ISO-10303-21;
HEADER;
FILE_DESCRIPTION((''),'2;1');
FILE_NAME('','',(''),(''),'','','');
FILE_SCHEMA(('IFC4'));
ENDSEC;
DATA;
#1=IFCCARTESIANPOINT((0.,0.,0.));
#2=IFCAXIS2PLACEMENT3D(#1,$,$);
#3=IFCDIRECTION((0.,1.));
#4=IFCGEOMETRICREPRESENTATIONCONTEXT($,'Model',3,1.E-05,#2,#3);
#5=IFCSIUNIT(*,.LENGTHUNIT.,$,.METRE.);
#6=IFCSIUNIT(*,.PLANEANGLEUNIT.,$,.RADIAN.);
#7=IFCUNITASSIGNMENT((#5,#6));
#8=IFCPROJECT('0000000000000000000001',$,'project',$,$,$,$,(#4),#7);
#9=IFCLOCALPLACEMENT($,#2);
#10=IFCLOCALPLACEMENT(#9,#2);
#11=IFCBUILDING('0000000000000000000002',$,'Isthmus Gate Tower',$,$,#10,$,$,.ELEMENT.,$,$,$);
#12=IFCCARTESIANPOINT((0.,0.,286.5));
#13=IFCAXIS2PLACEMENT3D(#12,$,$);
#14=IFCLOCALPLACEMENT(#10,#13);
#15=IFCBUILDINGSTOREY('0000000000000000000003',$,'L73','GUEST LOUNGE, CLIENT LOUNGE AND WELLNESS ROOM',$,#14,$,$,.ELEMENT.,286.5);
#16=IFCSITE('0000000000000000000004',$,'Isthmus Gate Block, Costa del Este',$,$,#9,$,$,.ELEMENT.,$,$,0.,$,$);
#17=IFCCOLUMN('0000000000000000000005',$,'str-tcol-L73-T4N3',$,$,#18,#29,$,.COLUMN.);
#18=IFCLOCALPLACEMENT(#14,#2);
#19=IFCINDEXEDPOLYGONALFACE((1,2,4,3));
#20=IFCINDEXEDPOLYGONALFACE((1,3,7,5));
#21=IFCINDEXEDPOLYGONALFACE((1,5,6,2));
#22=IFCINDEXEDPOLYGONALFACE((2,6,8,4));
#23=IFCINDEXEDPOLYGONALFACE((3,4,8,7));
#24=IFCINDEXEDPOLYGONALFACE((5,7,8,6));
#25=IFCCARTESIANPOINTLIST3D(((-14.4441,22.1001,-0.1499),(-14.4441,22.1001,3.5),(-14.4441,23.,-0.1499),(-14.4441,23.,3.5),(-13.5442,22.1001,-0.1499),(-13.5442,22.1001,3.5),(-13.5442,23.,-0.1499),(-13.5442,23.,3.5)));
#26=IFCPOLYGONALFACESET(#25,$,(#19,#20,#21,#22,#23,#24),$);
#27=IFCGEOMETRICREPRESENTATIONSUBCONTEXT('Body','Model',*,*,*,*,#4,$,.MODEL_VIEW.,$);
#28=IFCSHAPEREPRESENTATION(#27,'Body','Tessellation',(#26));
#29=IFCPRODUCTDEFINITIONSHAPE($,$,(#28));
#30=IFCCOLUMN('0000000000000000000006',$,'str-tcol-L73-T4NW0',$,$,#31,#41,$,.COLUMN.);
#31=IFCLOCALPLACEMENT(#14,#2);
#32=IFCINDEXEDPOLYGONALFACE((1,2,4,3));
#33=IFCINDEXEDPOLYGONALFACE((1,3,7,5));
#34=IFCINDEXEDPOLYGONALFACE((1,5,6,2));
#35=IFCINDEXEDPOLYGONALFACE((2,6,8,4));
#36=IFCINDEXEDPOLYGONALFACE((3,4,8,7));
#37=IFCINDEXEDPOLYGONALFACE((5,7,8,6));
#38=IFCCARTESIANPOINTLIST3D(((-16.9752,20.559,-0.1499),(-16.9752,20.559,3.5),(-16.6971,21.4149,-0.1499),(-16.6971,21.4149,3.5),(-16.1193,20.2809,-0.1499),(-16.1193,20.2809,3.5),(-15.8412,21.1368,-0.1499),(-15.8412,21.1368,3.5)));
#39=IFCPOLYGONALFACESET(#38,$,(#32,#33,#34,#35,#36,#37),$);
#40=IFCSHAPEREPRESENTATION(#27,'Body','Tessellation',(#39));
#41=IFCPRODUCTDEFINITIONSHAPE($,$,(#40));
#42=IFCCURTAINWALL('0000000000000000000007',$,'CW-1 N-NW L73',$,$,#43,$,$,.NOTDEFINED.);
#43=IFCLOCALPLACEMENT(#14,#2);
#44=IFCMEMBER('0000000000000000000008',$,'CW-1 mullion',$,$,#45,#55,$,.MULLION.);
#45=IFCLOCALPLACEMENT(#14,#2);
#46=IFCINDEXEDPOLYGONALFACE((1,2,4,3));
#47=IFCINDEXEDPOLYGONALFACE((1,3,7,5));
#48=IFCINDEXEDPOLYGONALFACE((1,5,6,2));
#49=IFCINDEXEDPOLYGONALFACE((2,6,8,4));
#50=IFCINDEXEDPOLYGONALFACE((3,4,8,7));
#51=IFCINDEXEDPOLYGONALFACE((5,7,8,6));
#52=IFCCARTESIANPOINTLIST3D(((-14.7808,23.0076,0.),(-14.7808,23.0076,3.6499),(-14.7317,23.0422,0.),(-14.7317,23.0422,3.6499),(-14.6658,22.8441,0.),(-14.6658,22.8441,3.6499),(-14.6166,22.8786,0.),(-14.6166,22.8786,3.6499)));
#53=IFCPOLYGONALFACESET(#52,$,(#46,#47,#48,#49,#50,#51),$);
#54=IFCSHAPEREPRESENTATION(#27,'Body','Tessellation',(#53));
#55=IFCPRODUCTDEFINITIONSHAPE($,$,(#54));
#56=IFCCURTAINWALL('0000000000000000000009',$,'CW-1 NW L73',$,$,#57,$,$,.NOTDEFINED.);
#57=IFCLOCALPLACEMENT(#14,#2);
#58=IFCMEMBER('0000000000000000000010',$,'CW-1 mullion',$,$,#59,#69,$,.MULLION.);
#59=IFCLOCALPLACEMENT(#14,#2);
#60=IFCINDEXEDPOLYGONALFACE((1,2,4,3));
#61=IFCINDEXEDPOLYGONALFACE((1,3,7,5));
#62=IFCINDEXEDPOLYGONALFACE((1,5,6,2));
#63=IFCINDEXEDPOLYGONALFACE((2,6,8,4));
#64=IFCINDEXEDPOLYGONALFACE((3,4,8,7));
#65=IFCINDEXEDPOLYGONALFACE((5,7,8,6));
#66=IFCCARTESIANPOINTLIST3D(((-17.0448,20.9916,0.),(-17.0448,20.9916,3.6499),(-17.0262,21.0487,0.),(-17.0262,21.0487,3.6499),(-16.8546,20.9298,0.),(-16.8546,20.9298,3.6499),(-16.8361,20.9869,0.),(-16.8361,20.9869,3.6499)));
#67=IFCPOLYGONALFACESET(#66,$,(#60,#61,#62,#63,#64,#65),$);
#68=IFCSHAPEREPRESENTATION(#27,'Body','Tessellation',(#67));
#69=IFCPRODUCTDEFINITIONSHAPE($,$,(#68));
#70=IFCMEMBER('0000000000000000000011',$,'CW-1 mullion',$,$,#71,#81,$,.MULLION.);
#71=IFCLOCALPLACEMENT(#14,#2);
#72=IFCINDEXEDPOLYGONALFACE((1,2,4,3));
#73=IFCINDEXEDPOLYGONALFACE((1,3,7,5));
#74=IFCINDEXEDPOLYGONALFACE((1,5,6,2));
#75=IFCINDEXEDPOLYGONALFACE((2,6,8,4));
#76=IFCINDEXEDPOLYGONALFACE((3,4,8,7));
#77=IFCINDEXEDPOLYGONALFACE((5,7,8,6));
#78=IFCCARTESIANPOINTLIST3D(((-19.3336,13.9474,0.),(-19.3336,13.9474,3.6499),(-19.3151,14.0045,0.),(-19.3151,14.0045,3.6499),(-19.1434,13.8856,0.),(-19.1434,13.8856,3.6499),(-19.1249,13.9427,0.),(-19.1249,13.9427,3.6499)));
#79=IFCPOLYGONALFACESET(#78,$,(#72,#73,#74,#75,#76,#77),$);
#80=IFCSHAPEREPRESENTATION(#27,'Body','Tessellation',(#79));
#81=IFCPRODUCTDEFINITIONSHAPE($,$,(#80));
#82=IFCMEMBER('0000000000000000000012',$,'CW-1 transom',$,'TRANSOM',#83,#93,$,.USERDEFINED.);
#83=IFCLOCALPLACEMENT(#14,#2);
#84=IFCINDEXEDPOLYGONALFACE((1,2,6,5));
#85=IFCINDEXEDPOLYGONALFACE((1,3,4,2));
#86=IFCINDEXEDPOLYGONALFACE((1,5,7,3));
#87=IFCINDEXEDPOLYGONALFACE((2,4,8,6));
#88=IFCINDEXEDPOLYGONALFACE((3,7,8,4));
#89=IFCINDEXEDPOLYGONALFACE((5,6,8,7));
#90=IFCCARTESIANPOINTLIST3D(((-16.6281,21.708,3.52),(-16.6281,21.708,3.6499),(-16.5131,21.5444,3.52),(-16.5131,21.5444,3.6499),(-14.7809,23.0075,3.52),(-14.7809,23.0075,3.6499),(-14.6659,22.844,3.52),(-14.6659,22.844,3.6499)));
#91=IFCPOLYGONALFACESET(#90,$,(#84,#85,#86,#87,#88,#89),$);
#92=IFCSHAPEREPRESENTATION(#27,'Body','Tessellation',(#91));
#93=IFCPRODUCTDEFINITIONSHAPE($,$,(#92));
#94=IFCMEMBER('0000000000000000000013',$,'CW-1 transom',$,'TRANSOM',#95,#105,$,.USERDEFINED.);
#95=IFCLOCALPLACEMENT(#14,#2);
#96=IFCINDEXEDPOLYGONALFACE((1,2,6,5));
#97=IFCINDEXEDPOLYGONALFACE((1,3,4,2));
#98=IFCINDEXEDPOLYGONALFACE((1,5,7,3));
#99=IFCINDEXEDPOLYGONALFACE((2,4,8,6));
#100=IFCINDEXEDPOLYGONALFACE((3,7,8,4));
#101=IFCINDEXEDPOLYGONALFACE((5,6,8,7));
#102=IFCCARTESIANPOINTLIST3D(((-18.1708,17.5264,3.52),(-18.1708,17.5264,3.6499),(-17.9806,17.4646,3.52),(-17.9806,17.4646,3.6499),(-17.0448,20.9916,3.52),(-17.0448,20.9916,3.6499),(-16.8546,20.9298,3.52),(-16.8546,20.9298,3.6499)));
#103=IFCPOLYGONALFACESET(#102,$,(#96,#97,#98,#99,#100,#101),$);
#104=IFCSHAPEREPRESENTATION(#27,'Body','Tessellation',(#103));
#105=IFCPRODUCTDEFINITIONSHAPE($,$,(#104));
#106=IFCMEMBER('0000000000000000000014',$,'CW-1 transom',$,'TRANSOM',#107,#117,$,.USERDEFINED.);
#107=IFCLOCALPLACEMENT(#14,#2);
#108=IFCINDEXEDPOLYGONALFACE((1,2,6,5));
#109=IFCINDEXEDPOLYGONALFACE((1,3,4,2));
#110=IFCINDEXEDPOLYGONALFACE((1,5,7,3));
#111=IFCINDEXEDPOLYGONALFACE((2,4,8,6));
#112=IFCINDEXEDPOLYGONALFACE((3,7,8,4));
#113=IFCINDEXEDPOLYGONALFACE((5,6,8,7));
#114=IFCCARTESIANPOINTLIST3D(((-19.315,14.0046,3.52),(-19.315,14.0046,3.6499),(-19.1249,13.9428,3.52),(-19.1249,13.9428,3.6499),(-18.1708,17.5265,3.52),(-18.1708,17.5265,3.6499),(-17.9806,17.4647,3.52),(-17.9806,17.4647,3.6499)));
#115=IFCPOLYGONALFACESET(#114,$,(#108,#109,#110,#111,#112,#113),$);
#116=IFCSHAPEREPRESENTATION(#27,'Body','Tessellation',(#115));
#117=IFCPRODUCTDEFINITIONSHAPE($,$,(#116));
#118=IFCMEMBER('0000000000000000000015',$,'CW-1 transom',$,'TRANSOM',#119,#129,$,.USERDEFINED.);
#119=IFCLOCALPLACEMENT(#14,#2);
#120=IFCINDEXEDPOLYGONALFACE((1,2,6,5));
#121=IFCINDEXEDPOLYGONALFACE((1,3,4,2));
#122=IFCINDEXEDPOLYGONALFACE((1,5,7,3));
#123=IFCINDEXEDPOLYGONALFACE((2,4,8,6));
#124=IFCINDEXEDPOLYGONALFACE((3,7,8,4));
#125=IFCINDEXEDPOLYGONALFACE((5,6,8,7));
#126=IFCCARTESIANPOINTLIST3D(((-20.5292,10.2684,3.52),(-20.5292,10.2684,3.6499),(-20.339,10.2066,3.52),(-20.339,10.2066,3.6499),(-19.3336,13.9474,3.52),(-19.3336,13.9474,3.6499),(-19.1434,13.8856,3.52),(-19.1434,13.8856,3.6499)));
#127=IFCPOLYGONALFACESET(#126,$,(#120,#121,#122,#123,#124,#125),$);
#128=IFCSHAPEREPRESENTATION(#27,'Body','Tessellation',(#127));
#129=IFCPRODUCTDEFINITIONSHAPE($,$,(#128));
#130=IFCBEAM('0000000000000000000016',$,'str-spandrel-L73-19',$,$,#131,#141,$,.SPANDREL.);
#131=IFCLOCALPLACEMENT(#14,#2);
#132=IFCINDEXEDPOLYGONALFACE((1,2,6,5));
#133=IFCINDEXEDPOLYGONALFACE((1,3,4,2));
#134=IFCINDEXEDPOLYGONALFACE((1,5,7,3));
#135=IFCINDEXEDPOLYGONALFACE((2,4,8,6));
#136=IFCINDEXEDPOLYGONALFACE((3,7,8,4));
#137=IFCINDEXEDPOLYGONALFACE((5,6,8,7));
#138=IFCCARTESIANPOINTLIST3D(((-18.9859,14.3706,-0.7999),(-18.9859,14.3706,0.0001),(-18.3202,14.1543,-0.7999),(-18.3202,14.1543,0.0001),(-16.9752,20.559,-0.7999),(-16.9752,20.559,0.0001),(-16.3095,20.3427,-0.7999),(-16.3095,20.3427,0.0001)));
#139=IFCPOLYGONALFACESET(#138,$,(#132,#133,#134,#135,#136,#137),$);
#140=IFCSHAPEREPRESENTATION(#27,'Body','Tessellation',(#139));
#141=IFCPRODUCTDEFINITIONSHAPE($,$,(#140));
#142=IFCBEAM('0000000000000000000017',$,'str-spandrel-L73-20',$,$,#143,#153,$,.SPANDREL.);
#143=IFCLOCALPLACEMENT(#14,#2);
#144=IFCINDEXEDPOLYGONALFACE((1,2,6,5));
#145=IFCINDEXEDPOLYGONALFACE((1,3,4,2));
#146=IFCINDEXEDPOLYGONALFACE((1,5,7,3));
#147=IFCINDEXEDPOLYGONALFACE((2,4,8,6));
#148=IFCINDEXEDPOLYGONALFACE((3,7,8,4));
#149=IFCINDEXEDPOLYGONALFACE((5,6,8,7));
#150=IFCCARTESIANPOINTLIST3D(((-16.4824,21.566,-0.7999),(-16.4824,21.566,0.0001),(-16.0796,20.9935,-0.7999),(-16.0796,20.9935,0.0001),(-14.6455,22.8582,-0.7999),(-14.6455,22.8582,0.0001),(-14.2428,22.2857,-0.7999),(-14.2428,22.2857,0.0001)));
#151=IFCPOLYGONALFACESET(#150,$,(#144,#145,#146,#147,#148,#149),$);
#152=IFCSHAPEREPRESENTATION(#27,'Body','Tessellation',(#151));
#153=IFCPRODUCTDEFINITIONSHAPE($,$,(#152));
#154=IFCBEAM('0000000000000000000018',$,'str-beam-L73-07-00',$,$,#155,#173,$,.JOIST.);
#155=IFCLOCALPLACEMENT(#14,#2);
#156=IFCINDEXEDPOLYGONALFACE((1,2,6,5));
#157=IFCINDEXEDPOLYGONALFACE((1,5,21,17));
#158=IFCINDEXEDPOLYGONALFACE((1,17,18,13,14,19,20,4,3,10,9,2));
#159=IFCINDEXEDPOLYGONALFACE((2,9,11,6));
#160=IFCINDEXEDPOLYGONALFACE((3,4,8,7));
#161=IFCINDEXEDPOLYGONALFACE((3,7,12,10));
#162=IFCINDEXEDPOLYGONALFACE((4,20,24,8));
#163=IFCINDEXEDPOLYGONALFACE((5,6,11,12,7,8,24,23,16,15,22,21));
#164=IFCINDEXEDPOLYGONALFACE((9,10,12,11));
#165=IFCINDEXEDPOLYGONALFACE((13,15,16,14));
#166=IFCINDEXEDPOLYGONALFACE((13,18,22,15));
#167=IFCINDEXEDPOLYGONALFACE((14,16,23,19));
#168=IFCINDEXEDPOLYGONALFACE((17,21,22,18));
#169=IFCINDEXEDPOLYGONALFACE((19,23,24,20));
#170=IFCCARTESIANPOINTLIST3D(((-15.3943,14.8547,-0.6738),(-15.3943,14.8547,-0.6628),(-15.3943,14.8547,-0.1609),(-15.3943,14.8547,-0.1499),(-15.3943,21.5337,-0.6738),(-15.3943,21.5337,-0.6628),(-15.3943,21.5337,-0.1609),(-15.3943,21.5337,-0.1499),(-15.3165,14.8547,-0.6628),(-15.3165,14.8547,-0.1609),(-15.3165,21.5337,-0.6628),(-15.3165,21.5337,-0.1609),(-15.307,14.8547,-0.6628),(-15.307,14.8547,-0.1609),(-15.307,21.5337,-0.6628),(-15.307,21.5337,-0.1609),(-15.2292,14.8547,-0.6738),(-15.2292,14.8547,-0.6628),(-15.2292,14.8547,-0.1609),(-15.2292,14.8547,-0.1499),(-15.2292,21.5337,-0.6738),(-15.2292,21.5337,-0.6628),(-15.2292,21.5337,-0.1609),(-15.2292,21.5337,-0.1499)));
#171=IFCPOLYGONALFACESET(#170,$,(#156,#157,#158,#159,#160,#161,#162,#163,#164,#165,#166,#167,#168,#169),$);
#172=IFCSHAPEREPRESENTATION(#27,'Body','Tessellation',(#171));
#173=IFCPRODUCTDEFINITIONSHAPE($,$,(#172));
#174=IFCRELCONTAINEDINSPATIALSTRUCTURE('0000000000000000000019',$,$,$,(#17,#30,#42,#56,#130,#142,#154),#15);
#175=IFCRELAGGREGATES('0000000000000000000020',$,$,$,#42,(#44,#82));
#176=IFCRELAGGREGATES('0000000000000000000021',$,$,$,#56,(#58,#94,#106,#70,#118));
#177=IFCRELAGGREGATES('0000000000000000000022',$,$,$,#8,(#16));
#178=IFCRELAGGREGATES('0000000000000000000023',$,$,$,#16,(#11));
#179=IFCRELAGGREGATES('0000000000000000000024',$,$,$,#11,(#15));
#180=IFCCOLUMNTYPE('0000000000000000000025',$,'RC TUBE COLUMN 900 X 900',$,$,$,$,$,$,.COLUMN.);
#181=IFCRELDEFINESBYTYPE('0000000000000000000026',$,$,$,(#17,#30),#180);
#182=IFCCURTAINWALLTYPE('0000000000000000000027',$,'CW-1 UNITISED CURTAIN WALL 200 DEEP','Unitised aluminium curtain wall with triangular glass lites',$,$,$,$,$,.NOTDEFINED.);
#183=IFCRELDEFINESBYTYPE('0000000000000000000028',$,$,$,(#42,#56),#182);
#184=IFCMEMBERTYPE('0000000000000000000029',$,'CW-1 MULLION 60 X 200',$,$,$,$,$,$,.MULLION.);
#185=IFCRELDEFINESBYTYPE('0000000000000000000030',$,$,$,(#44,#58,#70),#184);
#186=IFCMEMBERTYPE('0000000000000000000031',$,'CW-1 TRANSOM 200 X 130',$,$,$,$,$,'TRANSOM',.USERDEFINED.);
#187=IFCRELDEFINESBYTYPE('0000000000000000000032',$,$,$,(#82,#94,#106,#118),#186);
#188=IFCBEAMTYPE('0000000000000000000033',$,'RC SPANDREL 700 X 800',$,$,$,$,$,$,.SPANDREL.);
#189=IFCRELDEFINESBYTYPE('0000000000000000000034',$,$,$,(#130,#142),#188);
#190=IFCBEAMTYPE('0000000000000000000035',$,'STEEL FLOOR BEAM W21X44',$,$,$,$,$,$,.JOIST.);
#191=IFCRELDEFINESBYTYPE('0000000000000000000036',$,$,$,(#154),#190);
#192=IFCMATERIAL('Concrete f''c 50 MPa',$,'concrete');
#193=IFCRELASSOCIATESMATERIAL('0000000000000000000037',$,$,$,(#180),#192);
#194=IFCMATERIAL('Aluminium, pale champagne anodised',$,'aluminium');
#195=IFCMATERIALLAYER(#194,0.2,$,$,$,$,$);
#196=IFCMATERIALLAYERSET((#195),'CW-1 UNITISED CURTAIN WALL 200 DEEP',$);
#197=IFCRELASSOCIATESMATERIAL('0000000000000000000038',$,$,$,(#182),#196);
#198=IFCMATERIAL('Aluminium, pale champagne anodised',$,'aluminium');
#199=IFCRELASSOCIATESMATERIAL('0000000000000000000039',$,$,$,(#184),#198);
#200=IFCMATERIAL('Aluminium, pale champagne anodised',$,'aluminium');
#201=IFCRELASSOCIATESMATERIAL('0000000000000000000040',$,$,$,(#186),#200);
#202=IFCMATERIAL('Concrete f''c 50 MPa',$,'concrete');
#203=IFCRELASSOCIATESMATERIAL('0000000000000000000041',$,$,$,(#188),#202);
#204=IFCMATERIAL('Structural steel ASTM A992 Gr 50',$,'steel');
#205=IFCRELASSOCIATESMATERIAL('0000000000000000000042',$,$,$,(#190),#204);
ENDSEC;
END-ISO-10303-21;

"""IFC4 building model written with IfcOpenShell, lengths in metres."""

from ifc_helpers import new_model, si_unit, direction, frame, origin, origin_2d, place, context, subcontext, project, spatial, rectangle, i_section, extrude, material, layer, layer_set, material_profile, profile_set, type_object, element, aggregate, save


model = new_model("IFC4")

# Units and contexts
model_context = context("Model", 3, precision=1e-05, world=origin(), true_north=direction((0.0, 1.0)))
body_context = subcontext(model_context, "Body", "Model", "MODEL_VIEW")
ifc_project = project(units=[si_unit("LENGTHUNIT", "METRE"), si_unit("PLANEANGLEUNIT", "RADIAN")], contexts=[model_context])

# Site, building, storey
site_placement = place(None, origin())
site = spatial("IfcSite", under=ifc_project, at=site_placement, Name="Isthmus Gate Block, Costa del Este", CompositionType="ELEMENT", RefElevation=0.0)
building_placement = place(site_placement, origin())
building = spatial("IfcBuilding", under=site, at=building_placement, Name="Isthmus Gate Tower", CompositionType="ELEMENT")
storey_placement = place(building_placement, frame((0.0, 0.0, 286.5)))
storey = spatial("IfcBuildingStorey", under=building, at=storey_placement, Name="L73", Description="GUEST LOUNGE, CLIENT LOUNGE AND WELLNESS ROOM", CompositionType="ELEMENT", Elevation=286.5)

# Columns
ifc_material_1 = material(Name="Concrete f'c 50 MPa", Category="concrete")
ifc_material_profile_1 = material_profile(ifc_material_1, rectangle(XDim=0.8999, YDim=0.8999, at=origin_2d()), Name="RC 900X900")
ifc_profile_set_1 = profile_set([ifc_material_profile_1], Name="Concrete f'c 50 MPa")
column_type = type_object("IfcColumnType", Name="RC TUBE COLUMN 900 X 900", PredefinedType="COLUMN", material=ifc_profile_set_1)
for number, where, z_axis, x_axis, name in (
    (1, (-13.9941, 22.55, -0.1499), (0.0, 0.0, 1.0), (-1.0, 0.0, 0.0), "str-tcol-L73-T4N3"),
    (2, (-16.4082, 20.8479, -0.1499), (0.0, 0.0, 1.0), (-0.309017, -0.951057, 0.0), "str-tcol-L73-T4NW0"),
):
    element("IfcColumn", number, at=place(storey_placement, frame(where, z_axis=z_axis, x_axis=x_axis)), inside=storey, type_object=column_type, Name=name, PredefinedType="COLUMN", context=body_context, shape_type="SweptSolid", body=[
        extrude(rectangle(XDim=0.8999, YDim=0.8999, at=origin_2d()), origin(), (0.0, 0.0, 1.0), 3.6499),
    ])

# Curtain wall, member
ifc_material_2 = material(Name="Aluminium, pale champagne anodised", Category="aluminium")
ifc_layer_1 = layer(ifc_material_2, 0.2)
ifc_layer_set_1 = layer_set([ifc_layer_1], Name="CW-1 UNITISED CURTAIN WALL 200 DEEP")
curtain_wall_type = type_object("IfcCurtainWallType", Name="CW-1 UNITISED CURTAIN WALL 200 DEEP", Description="Unitised aluminium curtain wall with triangular glass lites", PredefinedType="NOTDEFINED", material=ifc_layer_set_1)
curtain_wall_1_placement = place(storey_placement, origin())
curtain_wall_1 = element("IfcCurtainWall", 3, at=curtain_wall_1_placement, inside=storey, type_object=curtain_wall_type, Name="CW-1 N-NW L73", PredefinedType="NOTDEFINED")
ifc_material_3 = material(Name="Aluminium, pale champagne anodised", Category="aluminium")
ifc_material_profile_2 = material_profile(ifc_material_3, rectangle(XDim=0.0601, YDim=0.2, at=origin_2d()), Name="60x200")
ifc_profile_set_2 = profile_set([ifc_material_profile_2], Name="Aluminium, pale champagne anodised")
member_type_1 = type_object("IfcMemberType", Name="CW-1 MULLION 60 X 200", PredefinedType="MULLION", material=ifc_profile_set_2)
member_1_placement = place(storey_placement, frame((-14.6987, 22.9431, 0.0), z_axis=(0.0, 0.0, 1.0), x_axis=(-0.81786, -0.575418, 0.0)))
member_1 = element("IfcMember", 4, at=member_1_placement, type_object=member_type_1, Name="CW-1 mullion", PredefinedType="MULLION", context=body_context, shape_type="SweptSolid", body=[
    extrude(rectangle(XDim=0.0601, YDim=0.2, at=origin_2d()), origin(), (0.0, 0.0, 1.0), 3.6499),
])

# Curtain wall, members
curtain_wall_2_placement = place(storey_placement, origin())
curtain_wall_2 = element("IfcCurtainWall", 5, at=curtain_wall_2_placement, inside=storey, type_object=curtain_wall_type, Name="CW-1 NW L73", PredefinedType="NOTDEFINED")
member_2_placement = place(storey_placement, frame((-16.9404, 20.9893, 0.0), z_axis=(0.0, 0.0, 1.0), x_axis=(-0.309017, -0.951057, 0.0)))
member_2 = element("IfcMember", 6, at=member_2_placement, type_object=member_type_1, Name="CW-1 mullion", PredefinedType="MULLION", context=body_context, shape_type="SweptSolid", body=[
    extrude(rectangle(XDim=0.0601, YDim=0.2, at=origin_2d()), origin(), (0.0, 0.0, 1.0), 3.6499),
])
member_3_placement = place(storey_placement, frame((-19.2292, 13.9451, 0.0), z_axis=(0.0, 0.0, 1.0), x_axis=(-0.309017, -0.951057, 0.0)))
member_3 = element("IfcMember", 7, at=member_3_placement, type_object=member_type_1, Name="CW-1 mullion", PredefinedType="MULLION", context=body_context, shape_type="SweptSolid", body=[
    extrude(rectangle(XDim=0.0601, YDim=0.2, at=origin_2d()), origin(), (0.0, 0.0, 1.0), 3.6499),
])

# Members
ifc_material_4 = material(Name="Aluminium, pale champagne anodised", Category="aluminium")
ifc_material_profile_3 = material_profile(ifc_material_4, rectangle(XDim=0.2, YDim=0.1299, at=origin_2d()), Name="200x130")
ifc_profile_set_3 = profile_set([ifc_material_profile_3], Name="Aluminium, pale champagne anodised")
member_type_2 = type_object("IfcMemberType", Name="CW-1 TRANSOM 200 X 130", ElementType="TRANSOM", PredefinedType="USERDEFINED", material=ifc_profile_set_3)
member_4_placement = place(storey_placement, frame((-14.7234, 22.9258, 3.585), z_axis=(-0.817869, -0.575405, 0.0), x_axis=(0.575405, -0.817869, 0.0)))
member_4 = element("IfcMember", 8, at=member_4_placement, type_object=member_type_2, Name="CW-1 transom", ObjectType="TRANSOM", PredefinedType="USERDEFINED", context=body_context, shape_type="SweptSolid", body=[
    extrude(rectangle(XDim=0.2, YDim=0.1299, at=origin_2d()), origin(), (0.0, 0.0, 1.0), 2.2585),
])
member_5_placement = place(storey_placement, frame((-16.9497, 20.9607, 3.585), z_axis=(-0.309042, -0.951048, 0.0), x_axis=(0.951048, -0.309042, 0.0)))
member_5 = element("IfcMember", 9, at=member_5_placement, type_object=member_type_2, Name="CW-1 transom", ObjectType="TRANSOM", PredefinedType="USERDEFINED", context=body_context, shape_type="SweptSolid", body=[
    extrude(rectangle(XDim=0.2, YDim=0.1299, at=origin_2d()), origin(), (0.0, 0.0, 1.0), 3.6436),
])
member_6_placement = place(storey_placement, frame((-18.0757, 17.4956, 3.585), z_axis=(-0.309, -0.951062, 0.0), x_axis=(0.951062, -0.309, 0.0)))
member_6 = element("IfcMember", 10, at=member_6_placement, type_object=member_type_2, Name="CW-1 transom", ObjectType="TRANSOM", PredefinedType="USERDEFINED", context=body_context, shape_type="SweptSolid", body=[
    extrude(rectangle(XDim=0.2, YDim=0.1299, at=origin_2d()), origin(), (0.0, 0.0, 1.0), 3.7031),
])
member_7_placement = place(storey_placement, frame((-19.2385, 13.9165, 3.585), z_axis=(-0.309062, -0.951042, 0.0), x_axis=(0.951042, -0.309062, 0.0)))
member_7 = element("IfcMember", 11, at=member_7_placement, type_object=member_type_2, Name="CW-1 transom", ObjectType="TRANSOM", PredefinedType="USERDEFINED", context=body_context, shape_type="SweptSolid", body=[
    extrude(rectangle(XDim=0.2, YDim=0.1299, at=origin_2d()), origin(), (0.0, 0.0, 1.0), 3.8684),
])

# Beams
ifc_material_5 = material(Name="Concrete f'c 50 MPa", Category="concrete")
ifc_material_profile_4 = material_profile(ifc_material_5, rectangle(XDim=0.7, YDim=0.8, at=origin_2d()), Name="RC 700X800")
ifc_profile_set_4 = profile_set([ifc_material_profile_4], Name="Concrete f'c 50 MPa")
beam_type_1 = type_object("IfcBeamType", Name="RC SPANDREL 700 X 800", PredefinedType="SPANDREL", material=ifc_profile_set_4)
beam_1_placement = place(storey_placement, frame((-18.6531, 14.2625, -0.3999), z_axis=(0.309015, 0.951057, 0.0), x_axis=(-0.951057, 0.309015, 0.0)))
element("IfcBeam", 12, at=beam_1_placement, inside=storey, type_object=beam_type_1, Name="str-spandrel-L73-19", PredefinedType="SPANDREL", context=body_context, shape_type="SweptSolid", body=[
    extrude(rectangle(XDim=0.7, YDim=0.8, at=origin_2d()), origin(), (0.0, 0.0, 1.0), 6.5068),
])
beam_2_placement = place(storey_placement, frame((-16.281, 21.2798, -0.3999), z_axis=(0.817892, 0.575372, 0.0), x_axis=(-0.575372, 0.817892, 0.0)))
element("IfcBeam", 13, at=beam_2_placement, inside=storey, type_object=beam_type_1, Name="str-spandrel-L73-20", PredefinedType="SPANDREL", context=body_context, shape_type="SweptSolid", body=[
    extrude(rectangle(XDim=0.7, YDim=0.8, at=origin_2d()), origin(), (0.0, 0.0, 1.0), 2.2458),
])
ifc_material_6 = material(Name="Structural steel ASTM A992 Gr 50", Category="steel")
ifc_material_profile_5 = material_profile(ifc_material_6, i_section(OverallWidth=0.165, OverallDepth=0.5239, WebThickness=0.0095, FlangeThickness=0.011, at=origin_2d()), Name="W21X44")
ifc_profile_set_5 = profile_set([ifc_material_profile_5], Name="Structural steel ASTM A992 Gr 50")
beam_type_2 = type_object("IfcBeamType", Name="STEEL FLOOR BEAM W21X44", PredefinedType="JOIST", material=ifc_profile_set_5)
beam_3_placement = place(storey_placement, frame((-15.3118, 14.8547, -0.4119), z_axis=(0.0, 1.0, 0.0), x_axis=(-1.0, 0.0, 0.0)))
element("IfcBeam", 14, at=beam_3_placement, inside=storey, type_object=beam_type_2, Name="str-beam-L73-07-00", PredefinedType="JOIST", context=body_context, shape_type="SweptSolid", body=[
    extrude(i_section(OverallWidth=0.165, OverallDepth=0.5239, WebThickness=0.0095, FlangeThickness=0.011, at=origin_2d()), origin(), (0.0, 0.0, 1.0), 6.679),
])

aggregate(curtain_wall_1, [member_1, member_4])

aggregate(curtain_wall_2, [member_2, member_5, member_6, member_3, member_7])

save(model, "model.ifc")
